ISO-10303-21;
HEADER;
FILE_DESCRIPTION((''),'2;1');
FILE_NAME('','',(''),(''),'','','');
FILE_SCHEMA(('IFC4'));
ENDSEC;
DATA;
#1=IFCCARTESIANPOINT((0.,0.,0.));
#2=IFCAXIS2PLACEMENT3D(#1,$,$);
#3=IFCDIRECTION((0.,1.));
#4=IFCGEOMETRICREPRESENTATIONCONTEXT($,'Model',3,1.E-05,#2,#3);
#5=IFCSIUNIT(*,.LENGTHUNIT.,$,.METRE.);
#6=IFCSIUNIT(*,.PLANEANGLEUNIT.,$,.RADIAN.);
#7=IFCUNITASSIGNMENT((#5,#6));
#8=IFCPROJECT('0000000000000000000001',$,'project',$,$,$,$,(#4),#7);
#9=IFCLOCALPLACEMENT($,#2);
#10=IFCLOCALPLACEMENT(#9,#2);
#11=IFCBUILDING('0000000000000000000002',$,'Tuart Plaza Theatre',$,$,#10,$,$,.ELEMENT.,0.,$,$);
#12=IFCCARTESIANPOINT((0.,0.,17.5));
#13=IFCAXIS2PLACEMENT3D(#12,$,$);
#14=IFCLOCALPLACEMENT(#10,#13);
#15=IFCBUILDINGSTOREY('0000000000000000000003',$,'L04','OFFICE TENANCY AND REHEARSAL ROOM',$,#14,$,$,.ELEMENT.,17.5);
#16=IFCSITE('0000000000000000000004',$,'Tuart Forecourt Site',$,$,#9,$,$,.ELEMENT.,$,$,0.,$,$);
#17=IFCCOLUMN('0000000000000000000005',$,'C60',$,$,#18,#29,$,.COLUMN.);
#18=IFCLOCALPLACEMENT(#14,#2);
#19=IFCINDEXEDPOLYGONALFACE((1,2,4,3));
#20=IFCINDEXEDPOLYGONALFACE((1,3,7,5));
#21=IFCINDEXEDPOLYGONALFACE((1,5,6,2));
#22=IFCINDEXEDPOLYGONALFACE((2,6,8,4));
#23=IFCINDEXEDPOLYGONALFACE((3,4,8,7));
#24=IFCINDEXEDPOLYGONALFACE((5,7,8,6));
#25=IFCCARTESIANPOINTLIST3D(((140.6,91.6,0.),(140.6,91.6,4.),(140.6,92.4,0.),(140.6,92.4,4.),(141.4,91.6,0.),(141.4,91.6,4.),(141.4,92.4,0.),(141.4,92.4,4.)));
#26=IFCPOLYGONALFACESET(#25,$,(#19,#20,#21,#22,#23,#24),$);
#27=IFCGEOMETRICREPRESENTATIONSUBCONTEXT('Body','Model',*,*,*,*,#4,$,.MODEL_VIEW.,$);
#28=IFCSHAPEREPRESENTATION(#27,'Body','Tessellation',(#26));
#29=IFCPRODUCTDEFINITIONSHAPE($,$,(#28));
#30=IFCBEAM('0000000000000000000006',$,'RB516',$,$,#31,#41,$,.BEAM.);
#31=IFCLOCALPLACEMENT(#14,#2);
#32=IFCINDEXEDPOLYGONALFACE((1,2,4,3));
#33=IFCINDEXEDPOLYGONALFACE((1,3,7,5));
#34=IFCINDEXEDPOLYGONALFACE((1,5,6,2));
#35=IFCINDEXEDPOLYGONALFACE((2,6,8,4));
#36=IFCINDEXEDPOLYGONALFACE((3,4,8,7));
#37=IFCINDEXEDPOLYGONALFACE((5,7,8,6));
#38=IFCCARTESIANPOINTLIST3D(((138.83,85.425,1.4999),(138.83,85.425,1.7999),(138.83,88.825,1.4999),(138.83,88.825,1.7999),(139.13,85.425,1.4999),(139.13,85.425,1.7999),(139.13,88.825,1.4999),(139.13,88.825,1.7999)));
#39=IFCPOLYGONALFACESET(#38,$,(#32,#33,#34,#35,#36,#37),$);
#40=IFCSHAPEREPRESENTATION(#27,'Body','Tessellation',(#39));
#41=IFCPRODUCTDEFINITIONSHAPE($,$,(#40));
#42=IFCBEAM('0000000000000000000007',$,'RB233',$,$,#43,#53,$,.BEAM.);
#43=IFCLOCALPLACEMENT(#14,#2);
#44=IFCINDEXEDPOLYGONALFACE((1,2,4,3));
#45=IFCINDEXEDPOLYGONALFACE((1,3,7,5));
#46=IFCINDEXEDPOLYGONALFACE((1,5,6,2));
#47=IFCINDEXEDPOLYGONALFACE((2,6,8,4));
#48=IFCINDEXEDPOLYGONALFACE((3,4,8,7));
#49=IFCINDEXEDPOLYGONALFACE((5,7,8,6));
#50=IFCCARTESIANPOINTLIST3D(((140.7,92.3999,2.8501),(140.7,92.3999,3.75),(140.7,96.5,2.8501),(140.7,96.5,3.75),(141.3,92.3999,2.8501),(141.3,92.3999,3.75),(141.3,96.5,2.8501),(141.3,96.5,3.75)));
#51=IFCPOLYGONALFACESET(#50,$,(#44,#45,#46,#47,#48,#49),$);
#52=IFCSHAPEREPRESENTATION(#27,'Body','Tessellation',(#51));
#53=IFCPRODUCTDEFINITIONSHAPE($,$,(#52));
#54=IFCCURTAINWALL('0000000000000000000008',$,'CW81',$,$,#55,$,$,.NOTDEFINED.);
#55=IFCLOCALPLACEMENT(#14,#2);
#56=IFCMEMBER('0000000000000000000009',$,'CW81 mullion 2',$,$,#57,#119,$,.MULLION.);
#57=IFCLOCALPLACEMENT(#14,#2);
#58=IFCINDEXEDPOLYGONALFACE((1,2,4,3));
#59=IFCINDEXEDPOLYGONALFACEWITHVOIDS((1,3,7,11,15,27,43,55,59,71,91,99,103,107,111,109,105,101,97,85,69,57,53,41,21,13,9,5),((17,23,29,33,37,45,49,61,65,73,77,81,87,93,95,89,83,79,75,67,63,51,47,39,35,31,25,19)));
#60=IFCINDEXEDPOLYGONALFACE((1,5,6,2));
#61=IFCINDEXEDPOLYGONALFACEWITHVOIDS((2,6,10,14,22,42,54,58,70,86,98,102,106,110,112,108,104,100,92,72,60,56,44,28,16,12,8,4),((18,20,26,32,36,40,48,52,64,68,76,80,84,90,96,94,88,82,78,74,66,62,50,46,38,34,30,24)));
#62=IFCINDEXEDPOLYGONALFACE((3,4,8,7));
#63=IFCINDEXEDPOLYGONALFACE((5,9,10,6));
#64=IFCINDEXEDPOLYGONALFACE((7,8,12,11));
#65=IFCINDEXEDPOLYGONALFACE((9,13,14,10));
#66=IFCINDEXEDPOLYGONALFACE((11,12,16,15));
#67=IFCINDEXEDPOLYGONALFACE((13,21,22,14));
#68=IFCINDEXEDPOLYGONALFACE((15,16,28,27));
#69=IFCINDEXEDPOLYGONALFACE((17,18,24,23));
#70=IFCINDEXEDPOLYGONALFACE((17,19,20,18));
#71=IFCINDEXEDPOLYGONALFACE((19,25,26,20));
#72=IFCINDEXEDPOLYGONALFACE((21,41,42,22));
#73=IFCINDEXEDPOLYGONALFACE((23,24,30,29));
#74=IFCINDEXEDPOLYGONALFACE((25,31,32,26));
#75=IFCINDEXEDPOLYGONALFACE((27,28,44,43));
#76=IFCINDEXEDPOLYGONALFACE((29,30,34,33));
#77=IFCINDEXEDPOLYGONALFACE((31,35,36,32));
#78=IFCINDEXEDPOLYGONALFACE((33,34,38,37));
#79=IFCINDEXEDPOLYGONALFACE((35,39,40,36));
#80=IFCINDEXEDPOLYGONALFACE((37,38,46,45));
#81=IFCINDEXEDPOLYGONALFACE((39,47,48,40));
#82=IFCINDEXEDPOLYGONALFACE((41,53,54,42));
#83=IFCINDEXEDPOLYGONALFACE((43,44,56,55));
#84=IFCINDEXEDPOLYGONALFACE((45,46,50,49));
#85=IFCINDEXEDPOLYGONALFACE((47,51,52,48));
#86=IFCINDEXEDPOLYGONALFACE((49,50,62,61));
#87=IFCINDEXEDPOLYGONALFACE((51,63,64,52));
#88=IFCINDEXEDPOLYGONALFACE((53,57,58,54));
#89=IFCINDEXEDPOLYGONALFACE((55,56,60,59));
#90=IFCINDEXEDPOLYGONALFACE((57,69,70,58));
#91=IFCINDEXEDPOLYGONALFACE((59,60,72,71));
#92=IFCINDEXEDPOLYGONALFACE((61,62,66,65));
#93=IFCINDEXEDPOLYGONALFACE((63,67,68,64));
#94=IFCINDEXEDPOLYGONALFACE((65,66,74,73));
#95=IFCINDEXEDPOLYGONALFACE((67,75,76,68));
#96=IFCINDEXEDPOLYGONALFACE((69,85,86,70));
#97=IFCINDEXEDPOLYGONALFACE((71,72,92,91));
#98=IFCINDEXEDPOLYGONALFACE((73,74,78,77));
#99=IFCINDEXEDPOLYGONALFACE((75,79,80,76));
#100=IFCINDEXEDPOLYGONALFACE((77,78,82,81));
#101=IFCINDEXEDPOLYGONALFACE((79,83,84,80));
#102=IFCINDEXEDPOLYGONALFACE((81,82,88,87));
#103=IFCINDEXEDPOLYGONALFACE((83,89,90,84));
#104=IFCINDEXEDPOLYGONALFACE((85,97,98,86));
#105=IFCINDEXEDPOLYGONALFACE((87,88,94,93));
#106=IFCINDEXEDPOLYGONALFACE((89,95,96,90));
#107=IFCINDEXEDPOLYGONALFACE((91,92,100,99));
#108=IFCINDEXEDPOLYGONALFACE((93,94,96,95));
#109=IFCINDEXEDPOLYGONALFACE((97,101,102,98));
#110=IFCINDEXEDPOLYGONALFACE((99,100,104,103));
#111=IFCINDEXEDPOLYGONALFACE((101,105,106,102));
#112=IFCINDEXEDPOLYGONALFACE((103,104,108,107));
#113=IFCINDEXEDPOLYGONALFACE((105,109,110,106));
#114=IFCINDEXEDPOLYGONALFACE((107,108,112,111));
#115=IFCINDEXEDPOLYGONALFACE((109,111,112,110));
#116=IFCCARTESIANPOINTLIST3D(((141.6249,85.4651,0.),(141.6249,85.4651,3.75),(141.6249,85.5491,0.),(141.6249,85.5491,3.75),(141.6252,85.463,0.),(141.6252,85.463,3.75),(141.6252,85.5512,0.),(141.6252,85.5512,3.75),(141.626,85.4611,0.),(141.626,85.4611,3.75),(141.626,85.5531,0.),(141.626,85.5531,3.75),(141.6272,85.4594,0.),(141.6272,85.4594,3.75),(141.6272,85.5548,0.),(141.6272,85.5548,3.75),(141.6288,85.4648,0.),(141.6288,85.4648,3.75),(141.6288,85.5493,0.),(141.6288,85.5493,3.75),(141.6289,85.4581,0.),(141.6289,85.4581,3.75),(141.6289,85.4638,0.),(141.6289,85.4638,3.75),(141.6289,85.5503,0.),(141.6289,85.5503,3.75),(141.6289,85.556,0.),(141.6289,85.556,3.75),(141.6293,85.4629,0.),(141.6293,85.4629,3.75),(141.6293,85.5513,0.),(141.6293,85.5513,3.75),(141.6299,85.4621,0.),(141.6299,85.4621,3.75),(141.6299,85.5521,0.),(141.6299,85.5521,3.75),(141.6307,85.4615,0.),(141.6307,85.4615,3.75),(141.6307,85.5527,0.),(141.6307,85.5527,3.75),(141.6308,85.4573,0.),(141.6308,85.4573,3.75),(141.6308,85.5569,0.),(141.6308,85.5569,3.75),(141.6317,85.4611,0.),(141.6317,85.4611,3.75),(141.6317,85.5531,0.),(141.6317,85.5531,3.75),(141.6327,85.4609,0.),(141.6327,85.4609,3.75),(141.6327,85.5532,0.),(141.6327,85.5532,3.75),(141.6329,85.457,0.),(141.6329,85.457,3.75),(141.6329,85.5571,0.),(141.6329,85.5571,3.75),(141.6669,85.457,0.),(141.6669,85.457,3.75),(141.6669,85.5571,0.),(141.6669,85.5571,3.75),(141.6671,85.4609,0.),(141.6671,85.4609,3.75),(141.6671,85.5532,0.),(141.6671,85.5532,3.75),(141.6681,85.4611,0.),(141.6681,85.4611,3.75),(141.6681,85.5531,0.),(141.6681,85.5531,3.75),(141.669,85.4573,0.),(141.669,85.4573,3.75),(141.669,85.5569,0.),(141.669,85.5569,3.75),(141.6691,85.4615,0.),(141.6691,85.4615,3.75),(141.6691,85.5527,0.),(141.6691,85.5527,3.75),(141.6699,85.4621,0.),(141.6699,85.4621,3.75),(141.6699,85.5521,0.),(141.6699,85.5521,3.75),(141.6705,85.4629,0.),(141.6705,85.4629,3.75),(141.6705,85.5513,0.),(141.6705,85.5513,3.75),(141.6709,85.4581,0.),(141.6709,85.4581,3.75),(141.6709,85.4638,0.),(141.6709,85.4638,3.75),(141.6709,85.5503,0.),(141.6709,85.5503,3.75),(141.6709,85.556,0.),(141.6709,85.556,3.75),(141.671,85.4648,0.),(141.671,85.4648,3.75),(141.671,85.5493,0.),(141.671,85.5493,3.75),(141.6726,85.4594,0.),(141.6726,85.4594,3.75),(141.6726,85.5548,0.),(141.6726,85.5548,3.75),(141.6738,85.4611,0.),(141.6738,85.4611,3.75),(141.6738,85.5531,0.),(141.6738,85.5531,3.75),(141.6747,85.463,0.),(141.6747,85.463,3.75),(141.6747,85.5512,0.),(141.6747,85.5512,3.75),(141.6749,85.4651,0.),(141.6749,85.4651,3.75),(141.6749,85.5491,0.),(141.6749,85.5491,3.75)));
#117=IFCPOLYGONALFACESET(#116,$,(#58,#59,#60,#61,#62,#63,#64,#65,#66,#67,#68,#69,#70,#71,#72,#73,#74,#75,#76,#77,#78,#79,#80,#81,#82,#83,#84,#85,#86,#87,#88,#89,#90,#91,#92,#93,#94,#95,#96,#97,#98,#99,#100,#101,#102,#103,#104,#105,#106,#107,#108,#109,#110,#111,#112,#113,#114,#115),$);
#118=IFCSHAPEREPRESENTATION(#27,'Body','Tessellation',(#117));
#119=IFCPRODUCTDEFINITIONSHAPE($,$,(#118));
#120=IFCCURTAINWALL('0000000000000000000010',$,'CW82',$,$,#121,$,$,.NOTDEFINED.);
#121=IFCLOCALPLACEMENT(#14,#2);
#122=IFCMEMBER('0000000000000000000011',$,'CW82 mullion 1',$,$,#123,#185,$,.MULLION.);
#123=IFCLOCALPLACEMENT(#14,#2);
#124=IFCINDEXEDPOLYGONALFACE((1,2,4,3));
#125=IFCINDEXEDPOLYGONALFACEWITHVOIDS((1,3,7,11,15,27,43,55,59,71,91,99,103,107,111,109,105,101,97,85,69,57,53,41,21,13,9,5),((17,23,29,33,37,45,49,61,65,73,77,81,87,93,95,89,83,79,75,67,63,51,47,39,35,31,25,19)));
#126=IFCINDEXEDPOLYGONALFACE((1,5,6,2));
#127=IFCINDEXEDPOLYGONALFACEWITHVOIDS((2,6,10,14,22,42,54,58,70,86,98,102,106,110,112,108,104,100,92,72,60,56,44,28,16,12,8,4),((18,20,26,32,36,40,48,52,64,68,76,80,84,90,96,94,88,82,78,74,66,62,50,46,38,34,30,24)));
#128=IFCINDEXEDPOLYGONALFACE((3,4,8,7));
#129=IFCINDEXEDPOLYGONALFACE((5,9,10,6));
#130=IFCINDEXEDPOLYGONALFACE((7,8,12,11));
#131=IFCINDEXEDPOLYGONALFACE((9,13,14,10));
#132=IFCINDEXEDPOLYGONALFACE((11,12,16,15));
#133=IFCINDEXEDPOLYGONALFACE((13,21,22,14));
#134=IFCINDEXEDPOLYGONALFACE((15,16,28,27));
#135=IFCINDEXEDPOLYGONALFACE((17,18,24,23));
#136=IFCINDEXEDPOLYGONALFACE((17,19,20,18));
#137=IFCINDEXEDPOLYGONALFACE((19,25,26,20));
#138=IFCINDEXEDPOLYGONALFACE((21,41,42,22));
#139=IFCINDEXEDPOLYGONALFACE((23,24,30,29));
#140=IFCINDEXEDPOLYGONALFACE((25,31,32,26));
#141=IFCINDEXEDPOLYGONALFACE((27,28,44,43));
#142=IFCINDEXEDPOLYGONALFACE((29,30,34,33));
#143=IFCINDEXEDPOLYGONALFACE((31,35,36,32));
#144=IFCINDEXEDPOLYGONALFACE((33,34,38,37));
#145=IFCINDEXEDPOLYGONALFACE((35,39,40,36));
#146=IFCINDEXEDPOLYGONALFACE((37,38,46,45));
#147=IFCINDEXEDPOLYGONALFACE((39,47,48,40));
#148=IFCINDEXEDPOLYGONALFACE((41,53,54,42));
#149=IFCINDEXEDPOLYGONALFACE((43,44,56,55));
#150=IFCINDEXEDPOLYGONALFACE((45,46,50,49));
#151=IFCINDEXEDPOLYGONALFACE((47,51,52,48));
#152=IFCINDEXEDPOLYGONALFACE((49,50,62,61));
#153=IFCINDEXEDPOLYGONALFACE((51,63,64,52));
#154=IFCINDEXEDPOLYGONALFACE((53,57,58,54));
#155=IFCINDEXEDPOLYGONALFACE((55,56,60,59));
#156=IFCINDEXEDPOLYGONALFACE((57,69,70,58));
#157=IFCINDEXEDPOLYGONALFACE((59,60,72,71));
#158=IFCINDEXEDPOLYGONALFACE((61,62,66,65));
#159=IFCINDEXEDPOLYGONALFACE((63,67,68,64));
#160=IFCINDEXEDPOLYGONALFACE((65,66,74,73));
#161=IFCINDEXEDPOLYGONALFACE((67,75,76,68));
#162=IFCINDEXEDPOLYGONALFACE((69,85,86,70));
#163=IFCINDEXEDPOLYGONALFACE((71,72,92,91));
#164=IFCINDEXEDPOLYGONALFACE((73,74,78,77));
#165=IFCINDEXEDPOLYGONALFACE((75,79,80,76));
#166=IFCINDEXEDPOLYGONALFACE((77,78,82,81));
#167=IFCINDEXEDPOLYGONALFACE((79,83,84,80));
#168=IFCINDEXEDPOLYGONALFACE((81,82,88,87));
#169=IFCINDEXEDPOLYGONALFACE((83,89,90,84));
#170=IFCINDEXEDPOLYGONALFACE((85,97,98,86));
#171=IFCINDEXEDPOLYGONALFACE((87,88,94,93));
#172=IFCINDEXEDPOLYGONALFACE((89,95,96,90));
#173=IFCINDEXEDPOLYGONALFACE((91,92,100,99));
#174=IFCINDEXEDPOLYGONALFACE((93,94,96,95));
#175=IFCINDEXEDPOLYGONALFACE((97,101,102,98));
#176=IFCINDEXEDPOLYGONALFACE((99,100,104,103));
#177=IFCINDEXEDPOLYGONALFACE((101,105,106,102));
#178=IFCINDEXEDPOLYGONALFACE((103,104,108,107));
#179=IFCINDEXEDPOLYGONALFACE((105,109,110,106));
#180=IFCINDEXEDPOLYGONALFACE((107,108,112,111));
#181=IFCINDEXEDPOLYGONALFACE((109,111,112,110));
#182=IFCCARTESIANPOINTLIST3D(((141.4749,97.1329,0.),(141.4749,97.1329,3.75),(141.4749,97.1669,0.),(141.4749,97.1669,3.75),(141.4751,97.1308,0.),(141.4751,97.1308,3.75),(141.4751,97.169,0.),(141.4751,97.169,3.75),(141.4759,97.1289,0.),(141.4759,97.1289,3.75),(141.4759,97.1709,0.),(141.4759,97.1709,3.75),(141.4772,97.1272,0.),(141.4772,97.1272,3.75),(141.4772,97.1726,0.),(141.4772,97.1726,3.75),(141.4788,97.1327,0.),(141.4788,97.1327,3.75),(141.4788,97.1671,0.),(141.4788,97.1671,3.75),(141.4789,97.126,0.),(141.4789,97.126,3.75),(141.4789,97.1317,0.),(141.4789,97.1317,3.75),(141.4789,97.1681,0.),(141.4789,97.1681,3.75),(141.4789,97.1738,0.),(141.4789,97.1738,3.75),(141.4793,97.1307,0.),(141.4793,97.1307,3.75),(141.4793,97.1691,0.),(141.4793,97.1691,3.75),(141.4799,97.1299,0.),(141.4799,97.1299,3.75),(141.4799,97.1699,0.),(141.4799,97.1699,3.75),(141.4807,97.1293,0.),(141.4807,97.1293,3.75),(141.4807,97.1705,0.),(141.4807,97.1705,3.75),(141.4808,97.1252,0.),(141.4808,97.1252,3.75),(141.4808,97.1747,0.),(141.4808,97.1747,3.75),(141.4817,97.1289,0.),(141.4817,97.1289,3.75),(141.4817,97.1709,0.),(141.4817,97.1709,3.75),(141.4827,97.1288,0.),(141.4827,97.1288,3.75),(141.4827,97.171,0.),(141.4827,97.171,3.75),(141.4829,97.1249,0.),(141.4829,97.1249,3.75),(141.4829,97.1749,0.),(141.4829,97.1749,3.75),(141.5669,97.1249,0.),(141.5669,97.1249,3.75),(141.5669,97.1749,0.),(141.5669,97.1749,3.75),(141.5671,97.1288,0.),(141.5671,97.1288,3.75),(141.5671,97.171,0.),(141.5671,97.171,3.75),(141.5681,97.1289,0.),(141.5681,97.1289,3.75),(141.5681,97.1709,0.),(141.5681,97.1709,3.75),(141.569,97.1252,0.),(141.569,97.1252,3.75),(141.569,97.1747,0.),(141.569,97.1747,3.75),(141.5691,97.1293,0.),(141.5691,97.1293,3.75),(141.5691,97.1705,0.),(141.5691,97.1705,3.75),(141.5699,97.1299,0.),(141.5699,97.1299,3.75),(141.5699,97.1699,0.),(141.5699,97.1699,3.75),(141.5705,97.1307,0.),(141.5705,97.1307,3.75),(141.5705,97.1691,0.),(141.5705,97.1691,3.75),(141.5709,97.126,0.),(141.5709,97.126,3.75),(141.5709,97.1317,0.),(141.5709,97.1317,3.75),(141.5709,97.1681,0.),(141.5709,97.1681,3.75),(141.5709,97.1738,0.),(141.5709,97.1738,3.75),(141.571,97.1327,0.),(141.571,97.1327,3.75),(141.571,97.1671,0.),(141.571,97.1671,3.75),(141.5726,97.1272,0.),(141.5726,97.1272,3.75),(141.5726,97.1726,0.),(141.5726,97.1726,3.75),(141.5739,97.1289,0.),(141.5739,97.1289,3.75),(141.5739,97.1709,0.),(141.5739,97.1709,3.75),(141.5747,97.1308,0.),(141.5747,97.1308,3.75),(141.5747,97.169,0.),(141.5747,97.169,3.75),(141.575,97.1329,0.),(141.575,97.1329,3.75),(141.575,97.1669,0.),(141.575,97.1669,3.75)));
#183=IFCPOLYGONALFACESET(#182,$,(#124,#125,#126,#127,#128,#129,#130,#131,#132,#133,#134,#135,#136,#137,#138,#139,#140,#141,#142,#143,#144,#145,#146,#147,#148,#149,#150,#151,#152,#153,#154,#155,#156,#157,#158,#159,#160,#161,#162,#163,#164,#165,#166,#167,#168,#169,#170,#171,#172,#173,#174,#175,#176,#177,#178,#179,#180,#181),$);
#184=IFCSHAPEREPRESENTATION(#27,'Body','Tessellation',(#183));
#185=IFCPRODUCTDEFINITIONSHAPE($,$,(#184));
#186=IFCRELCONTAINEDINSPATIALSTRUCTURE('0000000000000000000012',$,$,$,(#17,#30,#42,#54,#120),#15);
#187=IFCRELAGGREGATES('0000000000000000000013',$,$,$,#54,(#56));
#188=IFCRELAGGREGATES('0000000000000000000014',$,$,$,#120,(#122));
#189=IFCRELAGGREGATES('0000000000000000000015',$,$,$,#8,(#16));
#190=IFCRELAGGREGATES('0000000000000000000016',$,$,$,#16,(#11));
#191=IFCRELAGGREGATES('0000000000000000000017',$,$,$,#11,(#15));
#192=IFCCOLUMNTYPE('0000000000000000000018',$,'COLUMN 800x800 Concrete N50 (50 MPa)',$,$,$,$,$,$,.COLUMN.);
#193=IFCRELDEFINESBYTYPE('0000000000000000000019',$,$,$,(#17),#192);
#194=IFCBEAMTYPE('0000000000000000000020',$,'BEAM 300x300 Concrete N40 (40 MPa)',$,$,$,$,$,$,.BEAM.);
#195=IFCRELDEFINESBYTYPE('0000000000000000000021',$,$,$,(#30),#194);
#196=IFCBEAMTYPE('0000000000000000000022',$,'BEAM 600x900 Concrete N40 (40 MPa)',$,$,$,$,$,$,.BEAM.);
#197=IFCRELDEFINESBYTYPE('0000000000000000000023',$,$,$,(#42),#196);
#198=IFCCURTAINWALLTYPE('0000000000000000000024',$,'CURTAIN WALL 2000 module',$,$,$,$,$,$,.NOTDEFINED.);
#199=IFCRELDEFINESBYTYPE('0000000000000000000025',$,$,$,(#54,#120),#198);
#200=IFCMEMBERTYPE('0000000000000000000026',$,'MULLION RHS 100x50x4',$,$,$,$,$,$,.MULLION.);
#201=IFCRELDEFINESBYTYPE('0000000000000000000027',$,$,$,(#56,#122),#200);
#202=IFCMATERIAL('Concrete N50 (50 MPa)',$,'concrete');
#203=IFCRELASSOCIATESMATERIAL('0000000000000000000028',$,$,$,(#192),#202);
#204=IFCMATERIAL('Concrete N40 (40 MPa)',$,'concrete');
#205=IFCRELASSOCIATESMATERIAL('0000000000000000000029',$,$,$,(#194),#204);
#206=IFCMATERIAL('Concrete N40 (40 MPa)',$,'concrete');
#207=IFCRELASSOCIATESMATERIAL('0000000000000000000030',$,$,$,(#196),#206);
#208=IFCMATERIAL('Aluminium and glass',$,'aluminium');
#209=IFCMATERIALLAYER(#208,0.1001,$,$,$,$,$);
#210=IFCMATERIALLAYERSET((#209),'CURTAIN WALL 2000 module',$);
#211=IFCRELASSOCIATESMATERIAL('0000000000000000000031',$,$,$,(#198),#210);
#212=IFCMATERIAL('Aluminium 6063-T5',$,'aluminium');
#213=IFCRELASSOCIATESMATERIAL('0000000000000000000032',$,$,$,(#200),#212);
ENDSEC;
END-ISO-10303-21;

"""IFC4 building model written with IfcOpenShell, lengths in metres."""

from ifc_helpers import new_model, si_unit, direction, frame, origin, origin_2d, place, context, subcontext, project, spatial, rectangle, hollow_rectangle, extrude, material, layer, layer_set, material_profile, profile_set, type_object, element, aggregate, save


model = new_model("IFC4")

# Units and contexts
model_context = context("Model", 3, precision=1e-05, world=origin(), true_north=direction((0.0, 1.0)))
body_context = subcontext(model_context, "Body", "Model", "MODEL_VIEW")
ifc_project = project(units=[si_unit("LENGTHUNIT", "METRE"), si_unit("PLANEANGLEUNIT", "RADIAN")], contexts=[model_context])

# Site, building, storey
site_placement = place(None, origin())
site = spatial("IfcSite", under=ifc_project, at=site_placement, Name="Tuart Forecourt Site", CompositionType="ELEMENT", RefElevation=0.0)
building_placement = place(site_placement, origin())
building = spatial("IfcBuilding", under=site, at=building_placement, Name="Tuart Plaza Theatre", CompositionType="ELEMENT", ElevationOfRefHeight=0.0)
storey_placement = place(building_placement, frame((0.0, 0.0, 17.5)))
storey = spatial("IfcBuildingStorey", under=building, at=storey_placement, Name="L04", Description="OFFICE TENANCY AND REHEARSAL ROOM", CompositionType="ELEMENT", Elevation=17.5)

# Column
ifc_material_1 = material(Name="Concrete N50 (50 MPa)", Category="concrete")
ifc_material_profile_1 = material_profile(ifc_material_1, rectangle(XDim=0.8, YDim=0.8, at=origin_2d()), Name="COLUMN 800x800 Concrete N50 (50 MPa)")
ifc_profile_set_1 = profile_set([ifc_material_profile_1], Name="Concrete N50 (50 MPa)")
column_type = type_object("IfcColumnType", Name="COLUMN 800x800 Concrete N50 (50 MPa)", PredefinedType="COLUMN", material=ifc_profile_set_1)
column_placement = place(storey_placement, frame((141.0, 92.0, 0.0), z_axis=(0.0, 0.0, 1.0), x_axis=(1.0, 0.0, 0.0)))
element("IfcColumn", 1, at=column_placement, inside=storey, type_object=column_type, Name="C60", PredefinedType="COLUMN", context=body_context, shape_type="SweptSolid", body=[
    extrude(rectangle(XDim=0.8, YDim=0.8, at=origin_2d()), origin(), (0.0, 0.0, 1.0), 4.0),
])

# Beams
ifc_material_2 = material(Name="Concrete N40 (40 MPa)", Category="concrete")
ifc_material_profile_2 = material_profile(ifc_material_2, rectangle(XDim=0.3, YDim=0.3, at=origin_2d()), Name="BEAM 300x300 Concrete N40 (40 MPa)")
ifc_profile_set_2 = profile_set([ifc_material_profile_2], Name="Concrete N40 (40 MPa)")
beam_type_1 = type_object("IfcBeamType", Name="BEAM 300x300 Concrete N40 (40 MPa)", PredefinedType="BEAM", material=ifc_profile_set_2)
beam_1_placement = place(storey_placement, frame((138.98, 85.425, 1.6499), z_axis=(0.0, 1.0, 0.0), x_axis=(-1.0, 0.0, 0.0)))
element("IfcBeam", 2, at=beam_1_placement, inside=storey, type_object=beam_type_1, Name="RB516", PredefinedType="BEAM", context=body_context, shape_type="SweptSolid", body=[
    extrude(rectangle(XDim=0.3, YDim=0.3, at=origin_2d()), origin(), (0.0, 0.0, 1.0), 3.3999),
])
ifc_material_3 = material(Name="Concrete N40 (40 MPa)", Category="concrete")
ifc_material_profile_3 = material_profile(ifc_material_3, rectangle(XDim=0.6001, YDim=0.8999, at=origin_2d()), Name="BEAM 600x900 Concrete N40 (40 MPa)")
ifc_profile_set_3 = profile_set([ifc_material_profile_3], Name="Concrete N40 (40 MPa)")
beam_type_2 = type_object("IfcBeamType", Name="BEAM 600x900 Concrete N40 (40 MPa)", PredefinedType="BEAM", material=ifc_profile_set_3)
beam_2_placement = place(storey_placement, frame((141.0, 92.3999, 3.3), z_axis=(0.0, 1.0, 0.0), x_axis=(-1.0, 0.0, 0.0)))
element("IfcBeam", 3, at=beam_2_placement, inside=storey, type_object=beam_type_2, Name="RB233", PredefinedType="BEAM", context=body_context, shape_type="SweptSolid", body=[
    extrude(rectangle(XDim=0.6001, YDim=0.8999, at=origin_2d()), origin(), (0.0, 0.0, 1.0), 4.1001),
])

# Curtain wall, member
ifc_material_4 = material(Name="Aluminium and glass", Category="aluminium")
ifc_layer_1 = layer(ifc_material_4, 0.1001)
ifc_layer_set_1 = layer_set([ifc_layer_1], Name="CURTAIN WALL 2000 module")
curtain_wall_type = type_object("IfcCurtainWallType", Name="CURTAIN WALL 2000 module", PredefinedType="NOTDEFINED", material=ifc_layer_set_1)
curtain_wall_1_placement = place(storey_placement, origin())
curtain_wall_1 = element("IfcCurtainWall", 4, at=curtain_wall_1_placement, inside=storey, type_object=curtain_wall_type, Name="CW81", PredefinedType="NOTDEFINED")
ifc_material_5 = material(Name="Aluminium 6063-T5", Category="aluminium")
ifc_material_profile_4 = material_profile(ifc_material_5, hollow_rectangle(XDim=0.05, YDim=0.1001, WallThickness=0.0039, InnerFilletRadius=0.0039, OuterFilletRadius=0.0081, at=origin_2d()), Name="RHS 100x50x4")
ifc_profile_set_4 = profile_set([ifc_material_profile_4], Name="Aluminium 6063-T5")
member_type_1 = type_object("IfcMemberType", Name="MULLION RHS 100x50x4", PredefinedType="MULLION", material=ifc_profile_set_4)
member_1_placement = place(storey_placement, frame((141.6499, 85.5071, 0.0), z_axis=(0.0, 0.0, 1.0), x_axis=(-1.0, 0.0, 0.0)))
member_1 = element("IfcMember", 5, at=member_1_placement, type_object=member_type_1, Name="CW81 mullion 2", PredefinedType="MULLION", context=body_context, shape_type="SweptSolid", body=[
    extrude(hollow_rectangle(XDim=0.05, YDim=0.1001, WallThickness=0.0039, InnerFilletRadius=0.0039, OuterFilletRadius=0.0081, at=origin_2d()), origin(), (0.0, 0.0, 1.0), 3.75),
])

# Curtain wall, member
curtain_wall_2_placement = place(storey_placement, origin())
curtain_wall_2 = element("IfcCurtainWall", 6, at=curtain_wall_2_placement, inside=storey, type_object=curtain_wall_type, Name="CW82", PredefinedType="NOTDEFINED")
member_2_placement = place(storey_placement, frame((141.5249, 97.1499, 0.0), z_axis=(0.0, 0.0, 1.0), x_axis=(0.0, -1.0, 0.0)))
member_2 = element("IfcMember", 7, at=member_2_placement, type_object=member_type_1, Name="CW82 mullion 1", PredefinedType="MULLION", context=body_context, shape_type="SweptSolid", body=[
    extrude(hollow_rectangle(XDim=0.05, YDim=0.1001, WallThickness=0.0039, InnerFilletRadius=0.0039, OuterFilletRadius=0.0081, at=origin_2d()), origin(), (0.0, 0.0, 1.0), 3.75),
])

aggregate(curtain_wall_1, [member_1])

aggregate(curtain_wall_2, [member_2])

save(model, "model.ifc")
